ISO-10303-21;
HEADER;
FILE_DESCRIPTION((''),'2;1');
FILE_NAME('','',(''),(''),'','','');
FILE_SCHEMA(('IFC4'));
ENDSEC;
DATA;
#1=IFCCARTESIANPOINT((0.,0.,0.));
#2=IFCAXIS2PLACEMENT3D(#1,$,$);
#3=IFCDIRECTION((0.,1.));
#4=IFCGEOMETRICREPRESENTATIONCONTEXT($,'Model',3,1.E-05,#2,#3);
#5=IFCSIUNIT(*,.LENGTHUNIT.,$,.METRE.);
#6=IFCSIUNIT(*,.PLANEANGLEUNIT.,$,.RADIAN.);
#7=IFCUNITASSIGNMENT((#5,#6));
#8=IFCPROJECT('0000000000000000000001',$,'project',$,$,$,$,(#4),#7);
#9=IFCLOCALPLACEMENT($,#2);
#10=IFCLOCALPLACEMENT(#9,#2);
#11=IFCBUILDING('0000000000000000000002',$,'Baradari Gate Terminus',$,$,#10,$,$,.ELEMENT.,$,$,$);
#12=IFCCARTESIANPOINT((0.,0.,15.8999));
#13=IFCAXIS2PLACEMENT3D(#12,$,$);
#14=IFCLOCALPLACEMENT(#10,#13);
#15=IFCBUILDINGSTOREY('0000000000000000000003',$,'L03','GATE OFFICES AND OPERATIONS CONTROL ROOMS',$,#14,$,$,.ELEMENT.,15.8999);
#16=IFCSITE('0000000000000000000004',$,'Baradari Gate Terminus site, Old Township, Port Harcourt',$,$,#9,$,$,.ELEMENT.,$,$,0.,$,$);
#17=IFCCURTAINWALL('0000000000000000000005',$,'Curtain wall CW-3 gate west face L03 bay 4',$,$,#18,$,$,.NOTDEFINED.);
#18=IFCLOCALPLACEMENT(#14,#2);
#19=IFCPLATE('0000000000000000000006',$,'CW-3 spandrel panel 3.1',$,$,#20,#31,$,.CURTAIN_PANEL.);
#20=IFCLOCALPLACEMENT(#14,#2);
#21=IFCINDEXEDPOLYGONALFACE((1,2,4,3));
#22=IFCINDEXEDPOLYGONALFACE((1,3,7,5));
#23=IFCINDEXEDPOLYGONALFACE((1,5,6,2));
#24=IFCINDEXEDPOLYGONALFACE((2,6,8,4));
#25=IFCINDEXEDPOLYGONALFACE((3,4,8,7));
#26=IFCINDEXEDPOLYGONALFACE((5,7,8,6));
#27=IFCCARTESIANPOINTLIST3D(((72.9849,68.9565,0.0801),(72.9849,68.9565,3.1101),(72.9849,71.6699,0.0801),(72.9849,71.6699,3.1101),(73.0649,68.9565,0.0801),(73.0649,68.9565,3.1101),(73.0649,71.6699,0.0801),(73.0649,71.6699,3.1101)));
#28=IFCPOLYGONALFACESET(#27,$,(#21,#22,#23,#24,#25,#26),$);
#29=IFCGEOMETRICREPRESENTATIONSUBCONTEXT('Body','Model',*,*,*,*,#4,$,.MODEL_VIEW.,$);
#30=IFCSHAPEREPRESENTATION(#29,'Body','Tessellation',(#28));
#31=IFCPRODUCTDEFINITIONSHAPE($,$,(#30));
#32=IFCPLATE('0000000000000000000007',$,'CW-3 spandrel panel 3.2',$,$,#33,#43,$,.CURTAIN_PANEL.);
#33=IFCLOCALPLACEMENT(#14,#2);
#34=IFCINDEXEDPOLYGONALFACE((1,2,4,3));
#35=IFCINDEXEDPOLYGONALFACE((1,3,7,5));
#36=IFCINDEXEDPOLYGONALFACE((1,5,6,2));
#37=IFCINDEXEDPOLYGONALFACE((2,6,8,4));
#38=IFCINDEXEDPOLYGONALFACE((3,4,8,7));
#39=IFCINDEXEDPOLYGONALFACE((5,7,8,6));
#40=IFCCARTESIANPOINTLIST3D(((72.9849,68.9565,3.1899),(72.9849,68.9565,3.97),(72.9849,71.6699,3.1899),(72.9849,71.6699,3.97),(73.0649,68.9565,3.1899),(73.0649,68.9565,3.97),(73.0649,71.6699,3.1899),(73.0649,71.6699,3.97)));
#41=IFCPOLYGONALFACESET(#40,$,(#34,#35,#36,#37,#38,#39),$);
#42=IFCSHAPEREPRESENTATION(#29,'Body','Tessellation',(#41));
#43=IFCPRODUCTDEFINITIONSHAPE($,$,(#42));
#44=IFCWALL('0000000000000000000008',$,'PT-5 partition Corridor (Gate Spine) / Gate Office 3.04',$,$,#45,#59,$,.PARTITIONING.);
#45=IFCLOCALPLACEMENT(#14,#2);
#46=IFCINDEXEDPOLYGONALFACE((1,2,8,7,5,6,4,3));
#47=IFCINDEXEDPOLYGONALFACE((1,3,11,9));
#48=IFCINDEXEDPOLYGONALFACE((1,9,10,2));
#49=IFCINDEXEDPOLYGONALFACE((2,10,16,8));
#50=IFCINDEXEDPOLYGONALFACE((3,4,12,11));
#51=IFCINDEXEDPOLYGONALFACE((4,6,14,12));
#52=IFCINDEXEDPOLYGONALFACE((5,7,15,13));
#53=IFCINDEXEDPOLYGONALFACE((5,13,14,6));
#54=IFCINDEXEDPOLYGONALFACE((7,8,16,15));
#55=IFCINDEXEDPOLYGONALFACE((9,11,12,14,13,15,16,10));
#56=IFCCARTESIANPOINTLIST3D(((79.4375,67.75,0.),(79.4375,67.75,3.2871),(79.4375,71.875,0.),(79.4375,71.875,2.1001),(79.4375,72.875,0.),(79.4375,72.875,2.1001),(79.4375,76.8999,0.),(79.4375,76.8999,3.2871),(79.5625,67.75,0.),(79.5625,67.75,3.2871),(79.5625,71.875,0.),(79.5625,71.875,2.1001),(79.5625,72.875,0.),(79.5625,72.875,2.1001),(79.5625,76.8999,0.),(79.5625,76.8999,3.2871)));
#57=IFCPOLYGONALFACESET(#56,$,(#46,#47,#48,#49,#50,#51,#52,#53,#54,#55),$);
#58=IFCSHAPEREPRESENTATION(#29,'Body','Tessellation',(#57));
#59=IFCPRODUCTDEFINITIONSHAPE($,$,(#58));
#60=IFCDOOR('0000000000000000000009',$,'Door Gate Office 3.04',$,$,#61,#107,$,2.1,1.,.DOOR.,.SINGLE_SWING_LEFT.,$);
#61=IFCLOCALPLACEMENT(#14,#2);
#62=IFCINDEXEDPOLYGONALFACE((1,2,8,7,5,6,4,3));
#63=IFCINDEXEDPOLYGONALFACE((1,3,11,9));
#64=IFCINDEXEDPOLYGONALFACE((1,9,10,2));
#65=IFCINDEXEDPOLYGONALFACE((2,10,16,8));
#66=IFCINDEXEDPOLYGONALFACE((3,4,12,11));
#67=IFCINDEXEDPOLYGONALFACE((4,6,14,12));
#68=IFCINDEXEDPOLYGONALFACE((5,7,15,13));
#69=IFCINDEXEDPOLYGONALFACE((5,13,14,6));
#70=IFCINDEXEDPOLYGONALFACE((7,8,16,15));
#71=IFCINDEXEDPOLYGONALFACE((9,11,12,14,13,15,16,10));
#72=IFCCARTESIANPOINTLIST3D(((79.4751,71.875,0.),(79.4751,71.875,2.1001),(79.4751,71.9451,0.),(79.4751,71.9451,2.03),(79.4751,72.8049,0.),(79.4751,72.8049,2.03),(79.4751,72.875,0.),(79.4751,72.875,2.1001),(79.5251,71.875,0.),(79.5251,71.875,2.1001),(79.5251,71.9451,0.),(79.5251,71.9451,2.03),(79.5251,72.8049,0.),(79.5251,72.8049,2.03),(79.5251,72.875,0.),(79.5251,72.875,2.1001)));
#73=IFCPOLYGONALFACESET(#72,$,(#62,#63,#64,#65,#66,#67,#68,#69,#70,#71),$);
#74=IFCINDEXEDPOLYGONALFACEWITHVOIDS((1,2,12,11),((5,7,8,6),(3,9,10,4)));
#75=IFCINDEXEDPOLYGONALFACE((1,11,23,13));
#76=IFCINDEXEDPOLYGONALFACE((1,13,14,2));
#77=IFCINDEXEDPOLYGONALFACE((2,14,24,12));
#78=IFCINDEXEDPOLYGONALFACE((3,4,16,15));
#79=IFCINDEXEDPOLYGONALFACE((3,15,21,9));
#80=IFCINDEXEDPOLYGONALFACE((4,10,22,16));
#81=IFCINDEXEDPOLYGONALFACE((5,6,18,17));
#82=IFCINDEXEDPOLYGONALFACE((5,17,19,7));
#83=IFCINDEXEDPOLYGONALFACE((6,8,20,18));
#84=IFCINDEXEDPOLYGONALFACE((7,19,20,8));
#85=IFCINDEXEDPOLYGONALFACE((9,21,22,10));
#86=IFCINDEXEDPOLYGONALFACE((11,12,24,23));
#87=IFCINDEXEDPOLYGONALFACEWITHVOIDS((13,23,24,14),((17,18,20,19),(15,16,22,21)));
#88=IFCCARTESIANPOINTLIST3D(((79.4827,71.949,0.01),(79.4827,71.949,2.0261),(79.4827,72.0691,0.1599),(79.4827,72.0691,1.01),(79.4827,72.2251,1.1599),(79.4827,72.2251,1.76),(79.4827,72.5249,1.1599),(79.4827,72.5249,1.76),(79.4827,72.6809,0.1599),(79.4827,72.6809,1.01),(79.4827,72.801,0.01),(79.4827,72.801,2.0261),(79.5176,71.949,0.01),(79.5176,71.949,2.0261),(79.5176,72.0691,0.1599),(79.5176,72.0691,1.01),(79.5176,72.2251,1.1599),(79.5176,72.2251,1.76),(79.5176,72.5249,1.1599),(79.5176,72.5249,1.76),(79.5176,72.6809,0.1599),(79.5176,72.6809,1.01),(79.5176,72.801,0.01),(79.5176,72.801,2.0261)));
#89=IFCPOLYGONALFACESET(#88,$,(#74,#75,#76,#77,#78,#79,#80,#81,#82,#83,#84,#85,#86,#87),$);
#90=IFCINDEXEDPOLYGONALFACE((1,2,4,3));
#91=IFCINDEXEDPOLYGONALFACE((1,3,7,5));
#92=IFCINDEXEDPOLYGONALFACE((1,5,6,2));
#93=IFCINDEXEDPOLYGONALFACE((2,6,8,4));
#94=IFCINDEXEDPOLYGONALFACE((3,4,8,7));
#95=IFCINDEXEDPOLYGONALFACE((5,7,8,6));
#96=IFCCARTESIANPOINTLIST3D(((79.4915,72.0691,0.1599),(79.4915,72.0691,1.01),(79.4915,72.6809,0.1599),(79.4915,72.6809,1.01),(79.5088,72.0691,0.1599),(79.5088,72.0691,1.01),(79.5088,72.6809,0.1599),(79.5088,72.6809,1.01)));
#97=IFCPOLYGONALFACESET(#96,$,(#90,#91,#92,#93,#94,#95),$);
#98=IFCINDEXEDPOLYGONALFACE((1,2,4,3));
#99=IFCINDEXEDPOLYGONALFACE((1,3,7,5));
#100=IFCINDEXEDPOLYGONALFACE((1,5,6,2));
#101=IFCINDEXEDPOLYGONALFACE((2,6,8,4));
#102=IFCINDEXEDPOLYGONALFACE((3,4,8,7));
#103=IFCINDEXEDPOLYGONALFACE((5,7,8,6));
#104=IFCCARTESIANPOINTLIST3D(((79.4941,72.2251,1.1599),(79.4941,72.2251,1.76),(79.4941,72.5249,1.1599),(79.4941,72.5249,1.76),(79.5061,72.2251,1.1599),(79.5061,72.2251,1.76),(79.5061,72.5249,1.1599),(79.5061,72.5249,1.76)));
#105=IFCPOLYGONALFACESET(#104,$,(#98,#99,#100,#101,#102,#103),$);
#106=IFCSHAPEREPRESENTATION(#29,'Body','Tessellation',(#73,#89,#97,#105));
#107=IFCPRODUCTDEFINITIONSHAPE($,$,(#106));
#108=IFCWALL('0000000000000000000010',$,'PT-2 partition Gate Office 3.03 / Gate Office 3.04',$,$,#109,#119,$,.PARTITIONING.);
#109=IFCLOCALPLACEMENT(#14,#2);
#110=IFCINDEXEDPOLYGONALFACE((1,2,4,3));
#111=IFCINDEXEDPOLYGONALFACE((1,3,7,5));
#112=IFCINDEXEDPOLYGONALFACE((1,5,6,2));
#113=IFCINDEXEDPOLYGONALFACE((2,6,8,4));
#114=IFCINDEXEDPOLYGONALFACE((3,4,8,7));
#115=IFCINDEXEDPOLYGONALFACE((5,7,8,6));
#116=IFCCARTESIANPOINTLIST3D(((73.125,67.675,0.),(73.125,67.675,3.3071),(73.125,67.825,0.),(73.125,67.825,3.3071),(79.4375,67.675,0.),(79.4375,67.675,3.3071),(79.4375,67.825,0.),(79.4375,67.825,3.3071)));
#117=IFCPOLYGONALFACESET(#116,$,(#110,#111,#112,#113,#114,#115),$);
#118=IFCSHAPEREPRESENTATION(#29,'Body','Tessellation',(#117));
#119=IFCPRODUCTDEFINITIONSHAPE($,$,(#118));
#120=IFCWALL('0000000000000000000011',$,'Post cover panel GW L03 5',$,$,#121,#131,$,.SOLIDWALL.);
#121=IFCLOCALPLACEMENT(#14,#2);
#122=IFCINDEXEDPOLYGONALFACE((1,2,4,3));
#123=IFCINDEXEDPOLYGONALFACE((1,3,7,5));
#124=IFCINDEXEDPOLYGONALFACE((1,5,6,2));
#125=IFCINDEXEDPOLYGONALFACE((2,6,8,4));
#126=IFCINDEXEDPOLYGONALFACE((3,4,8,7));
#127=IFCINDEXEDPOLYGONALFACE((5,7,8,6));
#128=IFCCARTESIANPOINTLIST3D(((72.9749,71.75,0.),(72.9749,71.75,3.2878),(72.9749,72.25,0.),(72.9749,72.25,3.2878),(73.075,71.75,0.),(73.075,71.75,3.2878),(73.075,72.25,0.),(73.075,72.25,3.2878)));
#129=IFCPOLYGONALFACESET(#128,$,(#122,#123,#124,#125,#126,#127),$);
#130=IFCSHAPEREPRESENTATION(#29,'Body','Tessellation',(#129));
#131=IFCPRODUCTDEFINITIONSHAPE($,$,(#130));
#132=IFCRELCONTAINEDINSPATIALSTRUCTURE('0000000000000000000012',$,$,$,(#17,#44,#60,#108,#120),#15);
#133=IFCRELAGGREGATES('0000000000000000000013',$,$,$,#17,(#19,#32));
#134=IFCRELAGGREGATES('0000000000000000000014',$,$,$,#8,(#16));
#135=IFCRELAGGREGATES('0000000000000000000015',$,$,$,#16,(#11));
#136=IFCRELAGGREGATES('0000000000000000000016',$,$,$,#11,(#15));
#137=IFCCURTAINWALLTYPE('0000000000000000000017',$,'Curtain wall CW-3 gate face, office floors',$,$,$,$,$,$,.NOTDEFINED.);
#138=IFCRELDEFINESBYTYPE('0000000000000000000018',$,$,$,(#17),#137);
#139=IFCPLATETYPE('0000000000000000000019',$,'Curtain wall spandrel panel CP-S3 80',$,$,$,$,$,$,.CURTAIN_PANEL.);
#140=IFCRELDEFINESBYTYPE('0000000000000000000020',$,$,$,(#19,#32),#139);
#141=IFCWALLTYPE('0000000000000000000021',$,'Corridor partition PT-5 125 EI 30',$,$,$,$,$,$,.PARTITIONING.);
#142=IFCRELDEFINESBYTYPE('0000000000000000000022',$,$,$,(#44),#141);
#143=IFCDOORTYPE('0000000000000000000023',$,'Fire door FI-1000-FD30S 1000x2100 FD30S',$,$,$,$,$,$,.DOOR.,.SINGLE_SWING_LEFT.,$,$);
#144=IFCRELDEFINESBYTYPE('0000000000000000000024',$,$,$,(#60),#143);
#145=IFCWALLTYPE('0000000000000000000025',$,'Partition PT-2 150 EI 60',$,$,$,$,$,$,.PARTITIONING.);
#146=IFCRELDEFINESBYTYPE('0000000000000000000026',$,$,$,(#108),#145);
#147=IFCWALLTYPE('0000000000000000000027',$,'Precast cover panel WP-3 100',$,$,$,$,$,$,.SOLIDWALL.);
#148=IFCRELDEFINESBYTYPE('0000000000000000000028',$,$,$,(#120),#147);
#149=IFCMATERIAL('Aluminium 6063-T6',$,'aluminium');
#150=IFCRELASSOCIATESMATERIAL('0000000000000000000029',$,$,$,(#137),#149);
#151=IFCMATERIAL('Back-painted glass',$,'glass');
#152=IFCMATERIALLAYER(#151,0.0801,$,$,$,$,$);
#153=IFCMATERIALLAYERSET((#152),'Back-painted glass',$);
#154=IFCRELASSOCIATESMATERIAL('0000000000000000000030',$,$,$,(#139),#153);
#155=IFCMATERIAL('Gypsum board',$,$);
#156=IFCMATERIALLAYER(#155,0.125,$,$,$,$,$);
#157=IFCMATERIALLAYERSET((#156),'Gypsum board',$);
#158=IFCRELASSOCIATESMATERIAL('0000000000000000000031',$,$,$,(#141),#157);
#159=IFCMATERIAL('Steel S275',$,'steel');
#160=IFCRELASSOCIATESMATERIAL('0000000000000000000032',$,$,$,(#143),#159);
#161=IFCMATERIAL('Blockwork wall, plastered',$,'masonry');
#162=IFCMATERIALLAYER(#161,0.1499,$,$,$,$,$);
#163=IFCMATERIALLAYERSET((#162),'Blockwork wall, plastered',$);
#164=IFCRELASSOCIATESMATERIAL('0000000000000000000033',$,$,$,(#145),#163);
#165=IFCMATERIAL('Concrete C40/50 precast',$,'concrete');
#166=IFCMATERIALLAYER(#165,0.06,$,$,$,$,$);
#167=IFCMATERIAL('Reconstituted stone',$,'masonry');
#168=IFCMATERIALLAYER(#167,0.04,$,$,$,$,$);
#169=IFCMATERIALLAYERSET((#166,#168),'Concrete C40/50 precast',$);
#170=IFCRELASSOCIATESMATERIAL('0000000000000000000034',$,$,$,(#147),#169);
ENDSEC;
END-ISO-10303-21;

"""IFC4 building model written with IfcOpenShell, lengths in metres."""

from ifc_helpers import new_model, si_unit, direction, frame, frame_2d, origin, origin_2d, place, context, subcontext, project, spatial, polyline, rectangle, outline, extrude, material, layer, layer_set, type_object, element, fill, aggregate, save


model = new_model("IFC4")

# Units and contexts
model_context = context("Model", 3, precision=1e-05, world=origin(), true_north=direction((0.0, 1.0)))
body_context = subcontext(model_context, "Body", "Model", "MODEL_VIEW")
ifc_project = project(units=[si_unit("LENGTHUNIT", "METRE"), si_unit("PLANEANGLEUNIT", "RADIAN")], contexts=[model_context])

# Site, building, storey
site_placement = place(None, origin())
site = spatial("IfcSite", under=ifc_project, at=site_placement, Name="Baradari Gate Terminus site, Old Township, Port Harcourt", CompositionType="ELEMENT", RefElevation=0.0)
building_placement = place(site_placement, origin())
building = spatial("IfcBuilding", under=site, at=building_placement, Name="Baradari Gate Terminus", CompositionType="ELEMENT")
storey_placement = place(building_placement, frame((0.0, 0.0, 15.8999)))
storey = spatial("IfcBuildingStorey", under=building, at=storey_placement, Name="L03", Description="GATE OFFICES AND OPERATIONS CONTROL ROOMS", CompositionType="ELEMENT", Elevation=15.8999)

# Curtain wall
ifc_material_1 = material(Name="Aluminium 6063-T6", Category="aluminium")
curtain_wall_type = type_object("IfcCurtainWallType", Name="Curtain wall CW-3 gate face, office floors", PredefinedType="NOTDEFINED", material=ifc_material_1)
curtain_wall_placement = place(storey_placement, origin())
curtain_wall = element("IfcCurtainWall", 1, at=curtain_wall_placement, inside=storey, type_object=curtain_wall_type, Name="Curtain wall CW-3 gate west face L03 bay 4", PredefinedType="NOTDEFINED")

# Plates
ifc_material_2 = material(Name="Back-painted glass", Category="glass")
ifc_layer_1 = layer(ifc_material_2, 0.0801)
ifc_layer_set_1 = layer_set([ifc_layer_1], Name="Back-painted glass")
plate_type_1 = type_object("IfcPlateType", Name="Curtain wall spandrel panel CP-S3 80", PredefinedType="CURTAIN_PANEL", material=ifc_layer_set_1)
plate_1_placement = place(storey_placement, frame((73.0249, 70.3132, 0.0801), z_axis=(0.0, 0.0, 1.0), x_axis=(0.0, 1.0, 0.0)))
plate_1 = element("IfcPlate", 2, at=plate_1_placement, type_object=plate_type_1, Name="CW-3 spandrel panel 3.1", PredefinedType="CURTAIN_PANEL", context=body_context, shape_type="SweptSolid", body=[
    extrude(rectangle(XDim=2.7134, YDim=0.0801, at=origin_2d()), origin(), (0.0, 0.0, 1.0), 3.03),
])
plate_2_placement = place(storey_placement, frame((73.0249, 70.3132, 3.1899), z_axis=(0.0, 0.0, 1.0), x_axis=(0.0, 1.0, 0.0)))
plate_2 = element("IfcPlate", 3, at=plate_2_placement, type_object=plate_type_1, Name="CW-3 spandrel panel 3.2", PredefinedType="CURTAIN_PANEL", context=body_context, shape_type="SweptSolid", body=[
    extrude(rectangle(XDim=2.7134, YDim=0.0801, at=origin_2d()), origin(), (0.0, 0.0, 1.0), 0.78),
])
aggregate(curtain_wall, [plate_1, plate_2])

# Wall, opening, door
ifc_material_3 = material(Name="Gypsum board")
ifc_layer_2 = layer(ifc_material_3, 0.125)
ifc_layer_set_2 = layer_set([ifc_layer_2], Name="Gypsum board")
wall_type_1 = type_object("IfcWallType", Name="Corridor partition PT-5 125 EI 30", PredefinedType="PARTITIONING", material=ifc_layer_set_2)
wall_1_placement = place(storey_placement, frame((79.5, 67.75, 0.0), z_axis=(0.0, 0.0, 1.0), x_axis=(0.0, 1.0, 0.0)))
wall_1 = element("IfcWall", 4, at=wall_1_placement, inside=storey, type_object=wall_type_1, Name="PT-5 partition Corridor (Gate Spine) / Gate Office 3.04", PredefinedType="PARTITIONING", context=body_context, shape_type="SweptSolid", body=[
    extrude(rectangle(XDim=9.1499, YDim=0.125, at=frame_2d((4.575, 0.0))), origin(), (0.0, 0.0, 1.0), 3.2871),
])
opening_placement = place(wall_1_placement, frame((4.125, 0.0, 0.0)))
opening = element("IfcOpeningElement", 5, at=opening_placement, cuts=wall_1, PredefinedType="OPENING", context=body_context, shape_type="SweptSolid", body=[
    extrude(rectangle(XDim=1.0, YDim=2.1001, at=frame_2d((0.5, 1.05))), frame((0.0, 0.0725, 0.0), z_axis=(0.0, -1.0, 0.0), x_axis=(1.0, 0.0, 0.0)), (0.0, 0.0, 1.0), 0.145),
])
ifc_material_4 = material(Name="Steel S275", Category="steel")
door_type = type_object("IfcDoorType", Name="Fire door FI-1000-FD30S 1000x2100 FD30S", OperationType="SINGLE_SWING_LEFT", PredefinedType="DOOR", material=ifc_material_4)
door_placement = place(opening_placement, origin())
door = element("IfcDoor", 6, at=door_placement, inside=storey, type_object=door_type, Name="Door Gate Office 3.04", OperationType="SINGLE_SWING_LEFT", OverallHeight=2.1, OverallWidth=1.0, PredefinedType="DOOR", context=body_context, shape_type="SweptSolid", body=[
    extrude(outline(polyline([(0.0, 0.0), (0.0701, 0.0), (0.0701, 2.03), (0.9299, 2.03), (0.9299, 0.0), (1.0, 0.0), (1.0, 2.1001), (0.0, 2.1001), (0.0, 0.0)])), frame((0.0, 0.0249, 0.0), z_axis=(0.0, -1.0, 0.0), x_axis=(1.0, 0.0, 0.0)), (0.0, 0.0, 1.0), 0.05),
    extrude(outline(polyline([(0.074, 0.01), (0.926, 0.01), (0.926, 2.0261), (0.074, 2.0261), (0.074, 0.01)]), holes=[polyline([(0.1941, 0.1599), (0.8059, 0.1599), (0.8059, 1.01), (0.1941, 1.01), (0.1941, 0.1599)]), polyline([(0.3501, 1.1599), (0.6499, 1.1599), (0.6499, 1.76), (0.3501, 1.76), (0.3501, 1.1599)])]), frame((0.0, 0.0173, 0.0), z_axis=(0.0, -1.0, 0.0), x_axis=(1.0, 0.0, 0.0)), (0.0, 0.0, 1.0), 0.0349),
    extrude(rectangle(XDim=0.6118, YDim=0.8501, at=frame_2d((0.5, 0.585))), frame((0.0, 0.0085, 0.0), z_axis=(0.0, -1.0, 0.0), x_axis=(1.0, 0.0, 0.0)), (0.0, 0.0, 1.0), 0.0173),
    extrude(rectangle(XDim=0.2998, YDim=0.6001, at=frame_2d((0.5, 1.46))), frame((0.0, 0.0059, 0.0), z_axis=(0.0, -1.0, 0.0), x_axis=(1.0, 0.0, 0.0)), (0.0, 0.0, 1.0), 0.012),
])
fill(opening, door)

# Walls
ifc_material_5 = material(Name="Blockwork wall, plastered", Category="masonry")
ifc_layer_3 = layer(ifc_material_5, 0.1499)
ifc_layer_set_3 = layer_set([ifc_layer_3], Name="Blockwork wall, plastered")
wall_type_2 = type_object("IfcWallType", Name="Partition PT-2 150 EI 60", PredefinedType="PARTITIONING", material=ifc_layer_set_3)
wall_2_placement = place(storey_placement, frame((73.125, 67.75, 0.0), z_axis=(0.0, 0.0, 1.0), x_axis=(1.0, 0.0, 0.0)))
element("IfcWall", 7, at=wall_2_placement, inside=storey, type_object=wall_type_2, Name="PT-2 partition Gate Office 3.03 / Gate Office 3.04", PredefinedType="PARTITIONING", context=body_context, shape_type="SweptSolid", body=[
    extrude(rectangle(XDim=6.3125, YDim=0.1499, at=frame_2d((3.1562, 0.0))), origin(), (0.0, 0.0, 1.0), 3.3071),
])
ifc_material_6 = material(Name="Concrete C40/50 precast", Category="concrete")
ifc_layer_4 = layer(ifc_material_6, 0.06)
ifc_material_7 = material(Name="Reconstituted stone", Category="masonry")
ifc_layer_5 = layer(ifc_material_7, 0.04)
ifc_layer_set_4 = layer_set([ifc_layer_4, ifc_layer_5], Name="Concrete C40/50 precast")
wall_type_3 = type_object("IfcWallType", Name="Precast cover panel WP-3 100", PredefinedType="SOLIDWALL", material=ifc_layer_set_4)
wall_3_placement = place(storey_placement, frame((73.0249, 71.75, 0.0), z_axis=(0.0, 0.0, 1.0), x_axis=(0.0, 1.0, 0.0)))
element("IfcWall", 8, at=wall_3_placement, inside=storey, type_object=wall_type_3, Name="Post cover panel GW L03 5", PredefinedType="SOLIDWALL", context=body_context, shape_type="SweptSolid", body=[
    extrude(rectangle(XDim=0.5, YDim=0.1001, at=frame_2d((0.25, 0.0))), origin(), (0.0, 0.0, 1.0), 3.2878),
])

save(model, "model.ifc")
